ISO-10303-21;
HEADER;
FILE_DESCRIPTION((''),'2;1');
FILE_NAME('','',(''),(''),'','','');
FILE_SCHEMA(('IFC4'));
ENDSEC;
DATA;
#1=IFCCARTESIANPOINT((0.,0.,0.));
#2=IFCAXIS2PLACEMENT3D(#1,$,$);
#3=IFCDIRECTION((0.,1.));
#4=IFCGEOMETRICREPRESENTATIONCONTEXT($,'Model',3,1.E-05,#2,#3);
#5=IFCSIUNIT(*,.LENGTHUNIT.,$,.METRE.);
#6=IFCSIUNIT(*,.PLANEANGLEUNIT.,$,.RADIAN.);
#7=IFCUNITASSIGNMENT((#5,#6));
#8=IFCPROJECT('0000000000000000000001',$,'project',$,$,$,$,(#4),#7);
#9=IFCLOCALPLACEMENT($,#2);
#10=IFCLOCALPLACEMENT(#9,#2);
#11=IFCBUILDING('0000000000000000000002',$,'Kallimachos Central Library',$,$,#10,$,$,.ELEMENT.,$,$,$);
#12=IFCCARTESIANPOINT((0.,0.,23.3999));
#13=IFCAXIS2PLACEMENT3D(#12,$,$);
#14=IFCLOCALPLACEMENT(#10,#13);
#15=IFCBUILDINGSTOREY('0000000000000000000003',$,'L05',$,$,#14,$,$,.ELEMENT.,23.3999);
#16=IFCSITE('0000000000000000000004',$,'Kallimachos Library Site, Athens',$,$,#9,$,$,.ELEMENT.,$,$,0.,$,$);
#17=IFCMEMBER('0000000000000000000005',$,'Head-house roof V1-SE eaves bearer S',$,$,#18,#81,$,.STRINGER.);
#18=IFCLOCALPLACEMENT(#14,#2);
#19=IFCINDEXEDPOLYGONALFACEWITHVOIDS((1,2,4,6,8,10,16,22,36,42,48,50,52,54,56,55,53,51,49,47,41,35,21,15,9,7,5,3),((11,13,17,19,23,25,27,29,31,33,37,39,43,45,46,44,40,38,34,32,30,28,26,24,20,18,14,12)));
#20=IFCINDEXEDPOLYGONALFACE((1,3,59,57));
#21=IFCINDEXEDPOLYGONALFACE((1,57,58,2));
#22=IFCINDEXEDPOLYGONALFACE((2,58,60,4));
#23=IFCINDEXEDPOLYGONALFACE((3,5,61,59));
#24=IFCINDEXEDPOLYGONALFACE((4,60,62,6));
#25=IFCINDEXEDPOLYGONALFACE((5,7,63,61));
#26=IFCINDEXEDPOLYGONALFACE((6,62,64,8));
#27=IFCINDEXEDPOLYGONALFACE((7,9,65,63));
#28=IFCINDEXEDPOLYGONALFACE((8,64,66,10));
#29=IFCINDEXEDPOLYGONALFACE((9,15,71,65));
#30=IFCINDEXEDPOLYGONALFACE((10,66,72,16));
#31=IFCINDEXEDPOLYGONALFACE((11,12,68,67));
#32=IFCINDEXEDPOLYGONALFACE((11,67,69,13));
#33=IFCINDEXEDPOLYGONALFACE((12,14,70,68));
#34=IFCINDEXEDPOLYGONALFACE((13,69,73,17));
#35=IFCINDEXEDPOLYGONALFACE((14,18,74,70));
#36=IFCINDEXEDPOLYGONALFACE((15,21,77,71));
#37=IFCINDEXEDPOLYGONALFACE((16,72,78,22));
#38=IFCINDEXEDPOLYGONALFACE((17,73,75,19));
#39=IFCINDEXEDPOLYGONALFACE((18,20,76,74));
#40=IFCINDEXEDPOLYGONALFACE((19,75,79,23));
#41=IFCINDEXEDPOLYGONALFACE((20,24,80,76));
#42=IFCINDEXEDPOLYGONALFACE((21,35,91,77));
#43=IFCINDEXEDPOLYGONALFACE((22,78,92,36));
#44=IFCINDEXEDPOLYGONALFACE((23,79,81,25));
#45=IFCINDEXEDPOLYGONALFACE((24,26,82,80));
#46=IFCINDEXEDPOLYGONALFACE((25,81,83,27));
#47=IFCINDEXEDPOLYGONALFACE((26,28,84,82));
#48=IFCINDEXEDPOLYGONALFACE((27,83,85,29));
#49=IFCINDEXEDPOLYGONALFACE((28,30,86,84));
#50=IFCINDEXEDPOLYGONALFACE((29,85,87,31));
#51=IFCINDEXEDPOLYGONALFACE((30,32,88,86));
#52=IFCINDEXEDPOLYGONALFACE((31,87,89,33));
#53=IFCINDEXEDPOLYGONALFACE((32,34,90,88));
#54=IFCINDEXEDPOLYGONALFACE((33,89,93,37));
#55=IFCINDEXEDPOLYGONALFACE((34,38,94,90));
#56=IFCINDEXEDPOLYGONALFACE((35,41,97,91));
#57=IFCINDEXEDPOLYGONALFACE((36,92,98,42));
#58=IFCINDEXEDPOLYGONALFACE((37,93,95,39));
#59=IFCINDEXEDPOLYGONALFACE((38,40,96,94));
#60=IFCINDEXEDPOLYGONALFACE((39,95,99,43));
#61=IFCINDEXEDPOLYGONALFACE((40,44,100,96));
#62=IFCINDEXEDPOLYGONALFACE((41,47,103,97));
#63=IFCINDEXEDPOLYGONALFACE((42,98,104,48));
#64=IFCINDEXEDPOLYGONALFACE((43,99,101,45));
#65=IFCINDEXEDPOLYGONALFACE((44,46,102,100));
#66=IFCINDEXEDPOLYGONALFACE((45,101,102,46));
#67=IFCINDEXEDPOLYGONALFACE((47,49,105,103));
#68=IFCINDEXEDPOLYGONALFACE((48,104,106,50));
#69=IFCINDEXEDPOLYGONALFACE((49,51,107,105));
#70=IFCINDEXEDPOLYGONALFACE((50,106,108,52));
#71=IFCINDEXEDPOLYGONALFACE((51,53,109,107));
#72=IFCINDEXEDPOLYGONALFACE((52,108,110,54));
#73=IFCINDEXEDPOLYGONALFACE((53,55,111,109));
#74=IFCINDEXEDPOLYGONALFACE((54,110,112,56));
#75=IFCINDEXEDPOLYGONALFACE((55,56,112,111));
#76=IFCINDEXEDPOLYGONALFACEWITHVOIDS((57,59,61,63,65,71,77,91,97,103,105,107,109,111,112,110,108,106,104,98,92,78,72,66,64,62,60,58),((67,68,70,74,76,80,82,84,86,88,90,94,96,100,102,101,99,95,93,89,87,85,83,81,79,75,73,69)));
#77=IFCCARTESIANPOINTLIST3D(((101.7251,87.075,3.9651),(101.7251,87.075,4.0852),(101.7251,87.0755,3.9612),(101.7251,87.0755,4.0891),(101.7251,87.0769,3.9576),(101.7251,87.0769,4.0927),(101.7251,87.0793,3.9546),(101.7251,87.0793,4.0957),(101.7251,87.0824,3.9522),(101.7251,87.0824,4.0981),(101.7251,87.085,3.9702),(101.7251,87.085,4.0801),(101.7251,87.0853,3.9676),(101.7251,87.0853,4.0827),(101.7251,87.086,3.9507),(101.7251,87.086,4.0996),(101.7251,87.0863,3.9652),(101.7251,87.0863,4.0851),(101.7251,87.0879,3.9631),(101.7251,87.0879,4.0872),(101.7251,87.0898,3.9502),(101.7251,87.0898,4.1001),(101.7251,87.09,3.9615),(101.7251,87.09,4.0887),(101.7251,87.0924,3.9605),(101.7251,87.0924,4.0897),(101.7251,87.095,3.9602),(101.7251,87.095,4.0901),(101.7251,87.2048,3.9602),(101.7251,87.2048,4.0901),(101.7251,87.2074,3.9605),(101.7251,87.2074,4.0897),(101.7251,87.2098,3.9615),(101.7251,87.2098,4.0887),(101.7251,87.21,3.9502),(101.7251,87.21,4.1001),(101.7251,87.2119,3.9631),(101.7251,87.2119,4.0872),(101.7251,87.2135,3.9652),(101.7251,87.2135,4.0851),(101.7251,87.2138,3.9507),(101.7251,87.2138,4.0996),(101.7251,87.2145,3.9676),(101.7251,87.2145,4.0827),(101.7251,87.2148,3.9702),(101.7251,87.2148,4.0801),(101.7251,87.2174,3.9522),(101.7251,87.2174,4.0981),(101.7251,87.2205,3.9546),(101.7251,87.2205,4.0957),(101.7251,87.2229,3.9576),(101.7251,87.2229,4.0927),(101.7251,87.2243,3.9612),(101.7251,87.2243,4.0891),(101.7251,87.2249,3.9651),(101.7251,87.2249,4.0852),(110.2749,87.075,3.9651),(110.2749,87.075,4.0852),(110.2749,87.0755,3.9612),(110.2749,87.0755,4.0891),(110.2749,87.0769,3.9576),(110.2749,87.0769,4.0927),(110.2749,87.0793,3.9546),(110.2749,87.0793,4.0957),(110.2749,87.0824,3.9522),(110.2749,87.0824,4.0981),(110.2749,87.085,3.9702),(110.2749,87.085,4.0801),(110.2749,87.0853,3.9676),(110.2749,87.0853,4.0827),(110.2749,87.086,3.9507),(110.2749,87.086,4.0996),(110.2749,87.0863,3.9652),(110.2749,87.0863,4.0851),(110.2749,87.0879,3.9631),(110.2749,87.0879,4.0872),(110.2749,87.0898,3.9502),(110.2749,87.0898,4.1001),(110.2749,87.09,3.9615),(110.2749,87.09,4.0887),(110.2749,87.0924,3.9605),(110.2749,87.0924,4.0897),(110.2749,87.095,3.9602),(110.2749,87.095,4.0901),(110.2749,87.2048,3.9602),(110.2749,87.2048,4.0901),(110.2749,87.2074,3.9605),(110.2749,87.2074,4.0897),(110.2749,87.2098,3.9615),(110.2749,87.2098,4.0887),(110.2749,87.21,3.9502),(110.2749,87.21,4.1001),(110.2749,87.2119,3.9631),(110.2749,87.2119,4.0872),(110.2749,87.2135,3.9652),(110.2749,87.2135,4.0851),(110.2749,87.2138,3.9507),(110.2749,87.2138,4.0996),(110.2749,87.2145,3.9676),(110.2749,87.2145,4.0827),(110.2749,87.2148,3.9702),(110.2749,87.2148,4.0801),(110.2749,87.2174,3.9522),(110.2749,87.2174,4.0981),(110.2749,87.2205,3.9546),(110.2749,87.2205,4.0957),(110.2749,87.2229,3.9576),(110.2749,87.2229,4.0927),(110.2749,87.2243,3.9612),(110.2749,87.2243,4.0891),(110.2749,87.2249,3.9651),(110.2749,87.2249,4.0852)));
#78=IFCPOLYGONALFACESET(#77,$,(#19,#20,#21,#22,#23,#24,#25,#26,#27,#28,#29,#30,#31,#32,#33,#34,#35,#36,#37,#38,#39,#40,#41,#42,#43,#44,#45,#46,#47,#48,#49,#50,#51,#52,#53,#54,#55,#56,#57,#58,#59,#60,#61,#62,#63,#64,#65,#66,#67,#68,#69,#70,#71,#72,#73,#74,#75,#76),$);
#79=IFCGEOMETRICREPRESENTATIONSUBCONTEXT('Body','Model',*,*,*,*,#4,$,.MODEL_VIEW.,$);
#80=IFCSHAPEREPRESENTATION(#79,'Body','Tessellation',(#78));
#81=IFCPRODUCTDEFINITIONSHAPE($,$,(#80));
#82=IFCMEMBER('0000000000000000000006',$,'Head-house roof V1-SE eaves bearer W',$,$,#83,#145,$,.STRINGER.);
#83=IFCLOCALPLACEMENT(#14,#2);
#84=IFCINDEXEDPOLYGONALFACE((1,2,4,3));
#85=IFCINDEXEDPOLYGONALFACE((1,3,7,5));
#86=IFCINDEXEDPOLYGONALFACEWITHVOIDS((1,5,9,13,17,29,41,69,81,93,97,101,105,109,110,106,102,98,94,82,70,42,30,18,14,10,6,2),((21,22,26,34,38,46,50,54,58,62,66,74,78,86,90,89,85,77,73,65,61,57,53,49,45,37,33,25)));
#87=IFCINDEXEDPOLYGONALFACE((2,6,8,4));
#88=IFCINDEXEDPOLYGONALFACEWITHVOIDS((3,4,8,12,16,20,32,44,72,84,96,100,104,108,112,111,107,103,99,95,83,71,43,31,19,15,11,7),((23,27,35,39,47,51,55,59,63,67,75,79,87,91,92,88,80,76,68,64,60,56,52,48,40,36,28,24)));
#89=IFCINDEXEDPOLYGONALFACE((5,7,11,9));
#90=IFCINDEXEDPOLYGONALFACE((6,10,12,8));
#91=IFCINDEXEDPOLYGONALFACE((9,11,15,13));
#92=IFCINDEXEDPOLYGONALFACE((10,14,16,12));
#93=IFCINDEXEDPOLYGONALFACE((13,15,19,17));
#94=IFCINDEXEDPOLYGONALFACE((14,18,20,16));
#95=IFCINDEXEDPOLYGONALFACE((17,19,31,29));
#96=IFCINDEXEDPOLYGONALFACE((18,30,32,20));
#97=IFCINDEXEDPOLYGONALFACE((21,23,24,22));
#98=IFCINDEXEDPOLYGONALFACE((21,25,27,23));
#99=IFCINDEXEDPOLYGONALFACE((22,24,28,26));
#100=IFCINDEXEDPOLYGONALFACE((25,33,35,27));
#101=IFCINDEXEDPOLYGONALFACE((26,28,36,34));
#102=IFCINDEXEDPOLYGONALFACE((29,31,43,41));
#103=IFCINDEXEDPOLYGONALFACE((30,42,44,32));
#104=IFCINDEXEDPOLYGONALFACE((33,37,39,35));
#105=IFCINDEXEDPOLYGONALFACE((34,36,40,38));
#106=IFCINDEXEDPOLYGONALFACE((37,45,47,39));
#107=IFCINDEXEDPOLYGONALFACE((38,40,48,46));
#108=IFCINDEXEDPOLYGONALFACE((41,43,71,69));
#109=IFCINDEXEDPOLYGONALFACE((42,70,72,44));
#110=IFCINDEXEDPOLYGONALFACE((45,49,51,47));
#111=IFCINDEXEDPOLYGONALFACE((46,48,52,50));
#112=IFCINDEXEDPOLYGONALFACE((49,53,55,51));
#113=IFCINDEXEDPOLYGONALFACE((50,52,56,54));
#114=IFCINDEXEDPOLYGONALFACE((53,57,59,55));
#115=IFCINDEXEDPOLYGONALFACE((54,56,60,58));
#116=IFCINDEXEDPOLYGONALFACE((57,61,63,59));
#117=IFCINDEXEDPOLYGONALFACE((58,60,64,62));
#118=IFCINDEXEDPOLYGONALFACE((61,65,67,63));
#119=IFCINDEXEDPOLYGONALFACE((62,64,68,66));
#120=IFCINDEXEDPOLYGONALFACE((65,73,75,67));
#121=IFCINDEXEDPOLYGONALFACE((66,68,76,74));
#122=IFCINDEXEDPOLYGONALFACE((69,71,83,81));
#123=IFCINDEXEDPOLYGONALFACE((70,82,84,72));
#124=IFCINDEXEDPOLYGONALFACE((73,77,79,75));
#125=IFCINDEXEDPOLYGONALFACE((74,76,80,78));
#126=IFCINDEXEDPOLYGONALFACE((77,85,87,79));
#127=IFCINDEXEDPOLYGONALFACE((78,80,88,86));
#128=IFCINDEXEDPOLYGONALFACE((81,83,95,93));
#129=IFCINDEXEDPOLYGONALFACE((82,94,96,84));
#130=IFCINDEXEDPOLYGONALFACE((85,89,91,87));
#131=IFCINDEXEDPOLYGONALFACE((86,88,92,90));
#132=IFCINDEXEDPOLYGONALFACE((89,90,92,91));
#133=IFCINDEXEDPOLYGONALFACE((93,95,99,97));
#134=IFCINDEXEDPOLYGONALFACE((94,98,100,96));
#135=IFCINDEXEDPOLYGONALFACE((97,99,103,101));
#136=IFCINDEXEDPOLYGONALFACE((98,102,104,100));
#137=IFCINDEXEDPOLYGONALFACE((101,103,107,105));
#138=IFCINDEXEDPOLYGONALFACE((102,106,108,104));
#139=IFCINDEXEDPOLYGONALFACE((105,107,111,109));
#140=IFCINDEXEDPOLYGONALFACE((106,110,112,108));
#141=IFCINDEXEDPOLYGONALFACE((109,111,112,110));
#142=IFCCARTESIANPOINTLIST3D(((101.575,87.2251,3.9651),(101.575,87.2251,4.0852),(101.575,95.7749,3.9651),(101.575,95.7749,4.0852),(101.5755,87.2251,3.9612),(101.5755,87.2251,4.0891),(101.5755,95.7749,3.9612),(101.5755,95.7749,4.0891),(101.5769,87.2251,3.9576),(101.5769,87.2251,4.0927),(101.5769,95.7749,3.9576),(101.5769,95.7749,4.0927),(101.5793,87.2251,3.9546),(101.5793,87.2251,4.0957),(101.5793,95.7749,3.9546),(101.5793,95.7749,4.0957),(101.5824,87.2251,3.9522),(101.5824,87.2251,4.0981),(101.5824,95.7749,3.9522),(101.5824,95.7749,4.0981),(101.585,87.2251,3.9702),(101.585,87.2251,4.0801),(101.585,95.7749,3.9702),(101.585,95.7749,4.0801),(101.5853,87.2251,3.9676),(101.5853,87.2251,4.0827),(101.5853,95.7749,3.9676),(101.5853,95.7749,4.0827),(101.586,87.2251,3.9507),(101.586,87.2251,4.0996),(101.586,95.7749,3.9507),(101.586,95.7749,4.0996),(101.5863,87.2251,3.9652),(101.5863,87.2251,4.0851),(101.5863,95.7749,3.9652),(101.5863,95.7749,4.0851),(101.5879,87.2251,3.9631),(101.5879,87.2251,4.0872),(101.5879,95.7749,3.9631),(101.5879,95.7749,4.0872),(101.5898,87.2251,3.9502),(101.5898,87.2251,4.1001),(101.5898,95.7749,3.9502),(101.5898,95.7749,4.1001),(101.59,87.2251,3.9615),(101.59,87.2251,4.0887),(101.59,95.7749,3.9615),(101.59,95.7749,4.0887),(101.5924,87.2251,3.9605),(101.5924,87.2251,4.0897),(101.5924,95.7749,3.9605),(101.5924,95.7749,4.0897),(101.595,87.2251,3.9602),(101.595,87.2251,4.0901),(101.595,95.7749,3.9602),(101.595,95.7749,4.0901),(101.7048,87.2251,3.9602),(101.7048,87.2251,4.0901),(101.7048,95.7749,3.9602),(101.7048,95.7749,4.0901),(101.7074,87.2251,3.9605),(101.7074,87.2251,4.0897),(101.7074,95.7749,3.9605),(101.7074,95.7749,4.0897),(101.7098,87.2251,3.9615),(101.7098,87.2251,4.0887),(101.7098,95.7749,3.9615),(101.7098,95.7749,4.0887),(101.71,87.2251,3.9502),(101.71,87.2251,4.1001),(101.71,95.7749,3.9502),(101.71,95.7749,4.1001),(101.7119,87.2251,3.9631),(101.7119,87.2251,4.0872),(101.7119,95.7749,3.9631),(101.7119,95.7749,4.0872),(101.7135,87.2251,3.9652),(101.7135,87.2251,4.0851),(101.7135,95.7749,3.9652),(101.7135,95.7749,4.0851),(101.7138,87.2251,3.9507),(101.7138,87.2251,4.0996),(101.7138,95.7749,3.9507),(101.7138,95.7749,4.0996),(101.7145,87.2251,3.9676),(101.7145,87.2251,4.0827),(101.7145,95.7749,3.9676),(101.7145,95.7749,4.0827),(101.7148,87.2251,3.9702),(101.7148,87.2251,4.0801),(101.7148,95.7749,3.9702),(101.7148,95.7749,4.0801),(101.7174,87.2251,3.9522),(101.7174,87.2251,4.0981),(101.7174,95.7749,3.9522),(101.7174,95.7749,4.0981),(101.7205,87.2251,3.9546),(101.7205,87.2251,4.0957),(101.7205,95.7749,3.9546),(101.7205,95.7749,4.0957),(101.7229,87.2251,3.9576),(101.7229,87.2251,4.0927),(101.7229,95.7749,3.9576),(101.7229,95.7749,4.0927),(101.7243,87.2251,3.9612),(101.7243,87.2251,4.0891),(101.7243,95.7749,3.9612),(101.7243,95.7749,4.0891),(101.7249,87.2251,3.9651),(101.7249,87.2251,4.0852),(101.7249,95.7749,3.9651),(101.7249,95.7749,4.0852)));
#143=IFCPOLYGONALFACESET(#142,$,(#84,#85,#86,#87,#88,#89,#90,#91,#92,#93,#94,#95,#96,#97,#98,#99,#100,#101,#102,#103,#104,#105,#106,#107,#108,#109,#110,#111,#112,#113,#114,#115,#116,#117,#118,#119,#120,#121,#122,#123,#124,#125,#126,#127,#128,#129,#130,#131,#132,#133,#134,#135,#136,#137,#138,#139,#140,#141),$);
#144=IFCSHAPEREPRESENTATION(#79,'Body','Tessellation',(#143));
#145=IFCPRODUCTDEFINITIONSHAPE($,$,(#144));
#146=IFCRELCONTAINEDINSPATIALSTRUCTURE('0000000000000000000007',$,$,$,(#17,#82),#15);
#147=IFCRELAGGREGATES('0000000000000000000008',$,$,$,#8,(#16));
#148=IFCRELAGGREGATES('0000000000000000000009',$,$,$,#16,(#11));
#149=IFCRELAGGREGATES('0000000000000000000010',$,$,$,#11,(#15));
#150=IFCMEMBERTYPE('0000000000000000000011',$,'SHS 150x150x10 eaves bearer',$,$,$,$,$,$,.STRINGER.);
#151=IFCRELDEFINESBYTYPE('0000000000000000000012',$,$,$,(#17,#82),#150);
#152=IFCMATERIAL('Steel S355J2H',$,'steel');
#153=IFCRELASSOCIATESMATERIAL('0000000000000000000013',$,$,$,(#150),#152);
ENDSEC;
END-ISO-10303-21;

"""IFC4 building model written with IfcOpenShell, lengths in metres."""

from ifc_helpers import new_model, si_unit, direction, frame, origin, origin_2d, place, context, subcontext, project, spatial, hollow_rectangle, extrude, material, material_profile, profile_set, type_object, element, save


model = new_model("IFC4")

# Units and contexts
model_context = context("Model", 3, precision=1e-05, world=origin(), true_north=direction((0.0, 1.0)))
body_context = subcontext(model_context, "Body", "Model", "MODEL_VIEW")
ifc_project = project(units=[si_unit("LENGTHUNIT", "METRE"), si_unit("PLANEANGLEUNIT", "RADIAN")], contexts=[model_context])

# Site, building, storey
site_placement = place(None, origin())
site = spatial("IfcSite", under=ifc_project, at=site_placement, Name="Kallimachos Library Site, Athens", CompositionType="ELEMENT", RefElevation=0.0)
building_placement = place(site_placement, origin())
building = spatial("IfcBuilding", under=site, at=building_placement, Name="Kallimachos Central Library", CompositionType="ELEMENT")
storey_placement = place(building_placement, frame((0.0, 0.0, 23.3999)))
storey = spatial("IfcBuildingStorey", under=building, at=storey_placement, Name="L05", CompositionType="ELEMENT", Elevation=23.3999)

# Members
ifc_material_1 = material(Name="Steel S355J2H", Category="steel")
ifc_material_profile_1 = material_profile(ifc_material_1, hollow_rectangle(XDim=0.1499, YDim=0.1499, WallThickness=0.01, InnerFilletRadius=0.01, OuterFilletRadius=0.0149, at=origin_2d()), Name="SHS 150x150x10")
ifc_profile_set_1 = profile_set([ifc_material_profile_1], Name="Steel S355J2H")
member_type_1 = type_object("IfcMemberType", Name="SHS 150x150x10 eaves bearer", PredefinedType="STRINGER", material=ifc_profile_set_1)
for number, where, z_axis, x_axis, name in (
    (1, (101.7251, 87.1499, 4.0251), (1.0, 0.0, 0.0), (0.0, 1.0, 0.0), "Head-house roof V1-SE eaves bearer S"),
    (2, (101.6499, 87.2251, 4.0251), (0.0, 1.0, 0.0), (-1.0, 0.0, 0.0), "Head-house roof V1-SE eaves bearer W"),
):
    element("IfcMember", number, at=place(storey_placement, frame(where, z_axis=z_axis, x_axis=x_axis)), inside=storey, type_object=member_type_1, Name=name, PredefinedType="STRINGER", context=body_context, shape_type="SweptSolid", body=[
        extrude(hollow_rectangle(XDim=0.1499, YDim=0.1499, WallThickness=0.01, InnerFilletRadius=0.01, OuterFilletRadius=0.0149, at=origin_2d()), origin(), (0.0, 0.0, 1.0), 8.5498),
    ])

save(model, "model.ifc")
